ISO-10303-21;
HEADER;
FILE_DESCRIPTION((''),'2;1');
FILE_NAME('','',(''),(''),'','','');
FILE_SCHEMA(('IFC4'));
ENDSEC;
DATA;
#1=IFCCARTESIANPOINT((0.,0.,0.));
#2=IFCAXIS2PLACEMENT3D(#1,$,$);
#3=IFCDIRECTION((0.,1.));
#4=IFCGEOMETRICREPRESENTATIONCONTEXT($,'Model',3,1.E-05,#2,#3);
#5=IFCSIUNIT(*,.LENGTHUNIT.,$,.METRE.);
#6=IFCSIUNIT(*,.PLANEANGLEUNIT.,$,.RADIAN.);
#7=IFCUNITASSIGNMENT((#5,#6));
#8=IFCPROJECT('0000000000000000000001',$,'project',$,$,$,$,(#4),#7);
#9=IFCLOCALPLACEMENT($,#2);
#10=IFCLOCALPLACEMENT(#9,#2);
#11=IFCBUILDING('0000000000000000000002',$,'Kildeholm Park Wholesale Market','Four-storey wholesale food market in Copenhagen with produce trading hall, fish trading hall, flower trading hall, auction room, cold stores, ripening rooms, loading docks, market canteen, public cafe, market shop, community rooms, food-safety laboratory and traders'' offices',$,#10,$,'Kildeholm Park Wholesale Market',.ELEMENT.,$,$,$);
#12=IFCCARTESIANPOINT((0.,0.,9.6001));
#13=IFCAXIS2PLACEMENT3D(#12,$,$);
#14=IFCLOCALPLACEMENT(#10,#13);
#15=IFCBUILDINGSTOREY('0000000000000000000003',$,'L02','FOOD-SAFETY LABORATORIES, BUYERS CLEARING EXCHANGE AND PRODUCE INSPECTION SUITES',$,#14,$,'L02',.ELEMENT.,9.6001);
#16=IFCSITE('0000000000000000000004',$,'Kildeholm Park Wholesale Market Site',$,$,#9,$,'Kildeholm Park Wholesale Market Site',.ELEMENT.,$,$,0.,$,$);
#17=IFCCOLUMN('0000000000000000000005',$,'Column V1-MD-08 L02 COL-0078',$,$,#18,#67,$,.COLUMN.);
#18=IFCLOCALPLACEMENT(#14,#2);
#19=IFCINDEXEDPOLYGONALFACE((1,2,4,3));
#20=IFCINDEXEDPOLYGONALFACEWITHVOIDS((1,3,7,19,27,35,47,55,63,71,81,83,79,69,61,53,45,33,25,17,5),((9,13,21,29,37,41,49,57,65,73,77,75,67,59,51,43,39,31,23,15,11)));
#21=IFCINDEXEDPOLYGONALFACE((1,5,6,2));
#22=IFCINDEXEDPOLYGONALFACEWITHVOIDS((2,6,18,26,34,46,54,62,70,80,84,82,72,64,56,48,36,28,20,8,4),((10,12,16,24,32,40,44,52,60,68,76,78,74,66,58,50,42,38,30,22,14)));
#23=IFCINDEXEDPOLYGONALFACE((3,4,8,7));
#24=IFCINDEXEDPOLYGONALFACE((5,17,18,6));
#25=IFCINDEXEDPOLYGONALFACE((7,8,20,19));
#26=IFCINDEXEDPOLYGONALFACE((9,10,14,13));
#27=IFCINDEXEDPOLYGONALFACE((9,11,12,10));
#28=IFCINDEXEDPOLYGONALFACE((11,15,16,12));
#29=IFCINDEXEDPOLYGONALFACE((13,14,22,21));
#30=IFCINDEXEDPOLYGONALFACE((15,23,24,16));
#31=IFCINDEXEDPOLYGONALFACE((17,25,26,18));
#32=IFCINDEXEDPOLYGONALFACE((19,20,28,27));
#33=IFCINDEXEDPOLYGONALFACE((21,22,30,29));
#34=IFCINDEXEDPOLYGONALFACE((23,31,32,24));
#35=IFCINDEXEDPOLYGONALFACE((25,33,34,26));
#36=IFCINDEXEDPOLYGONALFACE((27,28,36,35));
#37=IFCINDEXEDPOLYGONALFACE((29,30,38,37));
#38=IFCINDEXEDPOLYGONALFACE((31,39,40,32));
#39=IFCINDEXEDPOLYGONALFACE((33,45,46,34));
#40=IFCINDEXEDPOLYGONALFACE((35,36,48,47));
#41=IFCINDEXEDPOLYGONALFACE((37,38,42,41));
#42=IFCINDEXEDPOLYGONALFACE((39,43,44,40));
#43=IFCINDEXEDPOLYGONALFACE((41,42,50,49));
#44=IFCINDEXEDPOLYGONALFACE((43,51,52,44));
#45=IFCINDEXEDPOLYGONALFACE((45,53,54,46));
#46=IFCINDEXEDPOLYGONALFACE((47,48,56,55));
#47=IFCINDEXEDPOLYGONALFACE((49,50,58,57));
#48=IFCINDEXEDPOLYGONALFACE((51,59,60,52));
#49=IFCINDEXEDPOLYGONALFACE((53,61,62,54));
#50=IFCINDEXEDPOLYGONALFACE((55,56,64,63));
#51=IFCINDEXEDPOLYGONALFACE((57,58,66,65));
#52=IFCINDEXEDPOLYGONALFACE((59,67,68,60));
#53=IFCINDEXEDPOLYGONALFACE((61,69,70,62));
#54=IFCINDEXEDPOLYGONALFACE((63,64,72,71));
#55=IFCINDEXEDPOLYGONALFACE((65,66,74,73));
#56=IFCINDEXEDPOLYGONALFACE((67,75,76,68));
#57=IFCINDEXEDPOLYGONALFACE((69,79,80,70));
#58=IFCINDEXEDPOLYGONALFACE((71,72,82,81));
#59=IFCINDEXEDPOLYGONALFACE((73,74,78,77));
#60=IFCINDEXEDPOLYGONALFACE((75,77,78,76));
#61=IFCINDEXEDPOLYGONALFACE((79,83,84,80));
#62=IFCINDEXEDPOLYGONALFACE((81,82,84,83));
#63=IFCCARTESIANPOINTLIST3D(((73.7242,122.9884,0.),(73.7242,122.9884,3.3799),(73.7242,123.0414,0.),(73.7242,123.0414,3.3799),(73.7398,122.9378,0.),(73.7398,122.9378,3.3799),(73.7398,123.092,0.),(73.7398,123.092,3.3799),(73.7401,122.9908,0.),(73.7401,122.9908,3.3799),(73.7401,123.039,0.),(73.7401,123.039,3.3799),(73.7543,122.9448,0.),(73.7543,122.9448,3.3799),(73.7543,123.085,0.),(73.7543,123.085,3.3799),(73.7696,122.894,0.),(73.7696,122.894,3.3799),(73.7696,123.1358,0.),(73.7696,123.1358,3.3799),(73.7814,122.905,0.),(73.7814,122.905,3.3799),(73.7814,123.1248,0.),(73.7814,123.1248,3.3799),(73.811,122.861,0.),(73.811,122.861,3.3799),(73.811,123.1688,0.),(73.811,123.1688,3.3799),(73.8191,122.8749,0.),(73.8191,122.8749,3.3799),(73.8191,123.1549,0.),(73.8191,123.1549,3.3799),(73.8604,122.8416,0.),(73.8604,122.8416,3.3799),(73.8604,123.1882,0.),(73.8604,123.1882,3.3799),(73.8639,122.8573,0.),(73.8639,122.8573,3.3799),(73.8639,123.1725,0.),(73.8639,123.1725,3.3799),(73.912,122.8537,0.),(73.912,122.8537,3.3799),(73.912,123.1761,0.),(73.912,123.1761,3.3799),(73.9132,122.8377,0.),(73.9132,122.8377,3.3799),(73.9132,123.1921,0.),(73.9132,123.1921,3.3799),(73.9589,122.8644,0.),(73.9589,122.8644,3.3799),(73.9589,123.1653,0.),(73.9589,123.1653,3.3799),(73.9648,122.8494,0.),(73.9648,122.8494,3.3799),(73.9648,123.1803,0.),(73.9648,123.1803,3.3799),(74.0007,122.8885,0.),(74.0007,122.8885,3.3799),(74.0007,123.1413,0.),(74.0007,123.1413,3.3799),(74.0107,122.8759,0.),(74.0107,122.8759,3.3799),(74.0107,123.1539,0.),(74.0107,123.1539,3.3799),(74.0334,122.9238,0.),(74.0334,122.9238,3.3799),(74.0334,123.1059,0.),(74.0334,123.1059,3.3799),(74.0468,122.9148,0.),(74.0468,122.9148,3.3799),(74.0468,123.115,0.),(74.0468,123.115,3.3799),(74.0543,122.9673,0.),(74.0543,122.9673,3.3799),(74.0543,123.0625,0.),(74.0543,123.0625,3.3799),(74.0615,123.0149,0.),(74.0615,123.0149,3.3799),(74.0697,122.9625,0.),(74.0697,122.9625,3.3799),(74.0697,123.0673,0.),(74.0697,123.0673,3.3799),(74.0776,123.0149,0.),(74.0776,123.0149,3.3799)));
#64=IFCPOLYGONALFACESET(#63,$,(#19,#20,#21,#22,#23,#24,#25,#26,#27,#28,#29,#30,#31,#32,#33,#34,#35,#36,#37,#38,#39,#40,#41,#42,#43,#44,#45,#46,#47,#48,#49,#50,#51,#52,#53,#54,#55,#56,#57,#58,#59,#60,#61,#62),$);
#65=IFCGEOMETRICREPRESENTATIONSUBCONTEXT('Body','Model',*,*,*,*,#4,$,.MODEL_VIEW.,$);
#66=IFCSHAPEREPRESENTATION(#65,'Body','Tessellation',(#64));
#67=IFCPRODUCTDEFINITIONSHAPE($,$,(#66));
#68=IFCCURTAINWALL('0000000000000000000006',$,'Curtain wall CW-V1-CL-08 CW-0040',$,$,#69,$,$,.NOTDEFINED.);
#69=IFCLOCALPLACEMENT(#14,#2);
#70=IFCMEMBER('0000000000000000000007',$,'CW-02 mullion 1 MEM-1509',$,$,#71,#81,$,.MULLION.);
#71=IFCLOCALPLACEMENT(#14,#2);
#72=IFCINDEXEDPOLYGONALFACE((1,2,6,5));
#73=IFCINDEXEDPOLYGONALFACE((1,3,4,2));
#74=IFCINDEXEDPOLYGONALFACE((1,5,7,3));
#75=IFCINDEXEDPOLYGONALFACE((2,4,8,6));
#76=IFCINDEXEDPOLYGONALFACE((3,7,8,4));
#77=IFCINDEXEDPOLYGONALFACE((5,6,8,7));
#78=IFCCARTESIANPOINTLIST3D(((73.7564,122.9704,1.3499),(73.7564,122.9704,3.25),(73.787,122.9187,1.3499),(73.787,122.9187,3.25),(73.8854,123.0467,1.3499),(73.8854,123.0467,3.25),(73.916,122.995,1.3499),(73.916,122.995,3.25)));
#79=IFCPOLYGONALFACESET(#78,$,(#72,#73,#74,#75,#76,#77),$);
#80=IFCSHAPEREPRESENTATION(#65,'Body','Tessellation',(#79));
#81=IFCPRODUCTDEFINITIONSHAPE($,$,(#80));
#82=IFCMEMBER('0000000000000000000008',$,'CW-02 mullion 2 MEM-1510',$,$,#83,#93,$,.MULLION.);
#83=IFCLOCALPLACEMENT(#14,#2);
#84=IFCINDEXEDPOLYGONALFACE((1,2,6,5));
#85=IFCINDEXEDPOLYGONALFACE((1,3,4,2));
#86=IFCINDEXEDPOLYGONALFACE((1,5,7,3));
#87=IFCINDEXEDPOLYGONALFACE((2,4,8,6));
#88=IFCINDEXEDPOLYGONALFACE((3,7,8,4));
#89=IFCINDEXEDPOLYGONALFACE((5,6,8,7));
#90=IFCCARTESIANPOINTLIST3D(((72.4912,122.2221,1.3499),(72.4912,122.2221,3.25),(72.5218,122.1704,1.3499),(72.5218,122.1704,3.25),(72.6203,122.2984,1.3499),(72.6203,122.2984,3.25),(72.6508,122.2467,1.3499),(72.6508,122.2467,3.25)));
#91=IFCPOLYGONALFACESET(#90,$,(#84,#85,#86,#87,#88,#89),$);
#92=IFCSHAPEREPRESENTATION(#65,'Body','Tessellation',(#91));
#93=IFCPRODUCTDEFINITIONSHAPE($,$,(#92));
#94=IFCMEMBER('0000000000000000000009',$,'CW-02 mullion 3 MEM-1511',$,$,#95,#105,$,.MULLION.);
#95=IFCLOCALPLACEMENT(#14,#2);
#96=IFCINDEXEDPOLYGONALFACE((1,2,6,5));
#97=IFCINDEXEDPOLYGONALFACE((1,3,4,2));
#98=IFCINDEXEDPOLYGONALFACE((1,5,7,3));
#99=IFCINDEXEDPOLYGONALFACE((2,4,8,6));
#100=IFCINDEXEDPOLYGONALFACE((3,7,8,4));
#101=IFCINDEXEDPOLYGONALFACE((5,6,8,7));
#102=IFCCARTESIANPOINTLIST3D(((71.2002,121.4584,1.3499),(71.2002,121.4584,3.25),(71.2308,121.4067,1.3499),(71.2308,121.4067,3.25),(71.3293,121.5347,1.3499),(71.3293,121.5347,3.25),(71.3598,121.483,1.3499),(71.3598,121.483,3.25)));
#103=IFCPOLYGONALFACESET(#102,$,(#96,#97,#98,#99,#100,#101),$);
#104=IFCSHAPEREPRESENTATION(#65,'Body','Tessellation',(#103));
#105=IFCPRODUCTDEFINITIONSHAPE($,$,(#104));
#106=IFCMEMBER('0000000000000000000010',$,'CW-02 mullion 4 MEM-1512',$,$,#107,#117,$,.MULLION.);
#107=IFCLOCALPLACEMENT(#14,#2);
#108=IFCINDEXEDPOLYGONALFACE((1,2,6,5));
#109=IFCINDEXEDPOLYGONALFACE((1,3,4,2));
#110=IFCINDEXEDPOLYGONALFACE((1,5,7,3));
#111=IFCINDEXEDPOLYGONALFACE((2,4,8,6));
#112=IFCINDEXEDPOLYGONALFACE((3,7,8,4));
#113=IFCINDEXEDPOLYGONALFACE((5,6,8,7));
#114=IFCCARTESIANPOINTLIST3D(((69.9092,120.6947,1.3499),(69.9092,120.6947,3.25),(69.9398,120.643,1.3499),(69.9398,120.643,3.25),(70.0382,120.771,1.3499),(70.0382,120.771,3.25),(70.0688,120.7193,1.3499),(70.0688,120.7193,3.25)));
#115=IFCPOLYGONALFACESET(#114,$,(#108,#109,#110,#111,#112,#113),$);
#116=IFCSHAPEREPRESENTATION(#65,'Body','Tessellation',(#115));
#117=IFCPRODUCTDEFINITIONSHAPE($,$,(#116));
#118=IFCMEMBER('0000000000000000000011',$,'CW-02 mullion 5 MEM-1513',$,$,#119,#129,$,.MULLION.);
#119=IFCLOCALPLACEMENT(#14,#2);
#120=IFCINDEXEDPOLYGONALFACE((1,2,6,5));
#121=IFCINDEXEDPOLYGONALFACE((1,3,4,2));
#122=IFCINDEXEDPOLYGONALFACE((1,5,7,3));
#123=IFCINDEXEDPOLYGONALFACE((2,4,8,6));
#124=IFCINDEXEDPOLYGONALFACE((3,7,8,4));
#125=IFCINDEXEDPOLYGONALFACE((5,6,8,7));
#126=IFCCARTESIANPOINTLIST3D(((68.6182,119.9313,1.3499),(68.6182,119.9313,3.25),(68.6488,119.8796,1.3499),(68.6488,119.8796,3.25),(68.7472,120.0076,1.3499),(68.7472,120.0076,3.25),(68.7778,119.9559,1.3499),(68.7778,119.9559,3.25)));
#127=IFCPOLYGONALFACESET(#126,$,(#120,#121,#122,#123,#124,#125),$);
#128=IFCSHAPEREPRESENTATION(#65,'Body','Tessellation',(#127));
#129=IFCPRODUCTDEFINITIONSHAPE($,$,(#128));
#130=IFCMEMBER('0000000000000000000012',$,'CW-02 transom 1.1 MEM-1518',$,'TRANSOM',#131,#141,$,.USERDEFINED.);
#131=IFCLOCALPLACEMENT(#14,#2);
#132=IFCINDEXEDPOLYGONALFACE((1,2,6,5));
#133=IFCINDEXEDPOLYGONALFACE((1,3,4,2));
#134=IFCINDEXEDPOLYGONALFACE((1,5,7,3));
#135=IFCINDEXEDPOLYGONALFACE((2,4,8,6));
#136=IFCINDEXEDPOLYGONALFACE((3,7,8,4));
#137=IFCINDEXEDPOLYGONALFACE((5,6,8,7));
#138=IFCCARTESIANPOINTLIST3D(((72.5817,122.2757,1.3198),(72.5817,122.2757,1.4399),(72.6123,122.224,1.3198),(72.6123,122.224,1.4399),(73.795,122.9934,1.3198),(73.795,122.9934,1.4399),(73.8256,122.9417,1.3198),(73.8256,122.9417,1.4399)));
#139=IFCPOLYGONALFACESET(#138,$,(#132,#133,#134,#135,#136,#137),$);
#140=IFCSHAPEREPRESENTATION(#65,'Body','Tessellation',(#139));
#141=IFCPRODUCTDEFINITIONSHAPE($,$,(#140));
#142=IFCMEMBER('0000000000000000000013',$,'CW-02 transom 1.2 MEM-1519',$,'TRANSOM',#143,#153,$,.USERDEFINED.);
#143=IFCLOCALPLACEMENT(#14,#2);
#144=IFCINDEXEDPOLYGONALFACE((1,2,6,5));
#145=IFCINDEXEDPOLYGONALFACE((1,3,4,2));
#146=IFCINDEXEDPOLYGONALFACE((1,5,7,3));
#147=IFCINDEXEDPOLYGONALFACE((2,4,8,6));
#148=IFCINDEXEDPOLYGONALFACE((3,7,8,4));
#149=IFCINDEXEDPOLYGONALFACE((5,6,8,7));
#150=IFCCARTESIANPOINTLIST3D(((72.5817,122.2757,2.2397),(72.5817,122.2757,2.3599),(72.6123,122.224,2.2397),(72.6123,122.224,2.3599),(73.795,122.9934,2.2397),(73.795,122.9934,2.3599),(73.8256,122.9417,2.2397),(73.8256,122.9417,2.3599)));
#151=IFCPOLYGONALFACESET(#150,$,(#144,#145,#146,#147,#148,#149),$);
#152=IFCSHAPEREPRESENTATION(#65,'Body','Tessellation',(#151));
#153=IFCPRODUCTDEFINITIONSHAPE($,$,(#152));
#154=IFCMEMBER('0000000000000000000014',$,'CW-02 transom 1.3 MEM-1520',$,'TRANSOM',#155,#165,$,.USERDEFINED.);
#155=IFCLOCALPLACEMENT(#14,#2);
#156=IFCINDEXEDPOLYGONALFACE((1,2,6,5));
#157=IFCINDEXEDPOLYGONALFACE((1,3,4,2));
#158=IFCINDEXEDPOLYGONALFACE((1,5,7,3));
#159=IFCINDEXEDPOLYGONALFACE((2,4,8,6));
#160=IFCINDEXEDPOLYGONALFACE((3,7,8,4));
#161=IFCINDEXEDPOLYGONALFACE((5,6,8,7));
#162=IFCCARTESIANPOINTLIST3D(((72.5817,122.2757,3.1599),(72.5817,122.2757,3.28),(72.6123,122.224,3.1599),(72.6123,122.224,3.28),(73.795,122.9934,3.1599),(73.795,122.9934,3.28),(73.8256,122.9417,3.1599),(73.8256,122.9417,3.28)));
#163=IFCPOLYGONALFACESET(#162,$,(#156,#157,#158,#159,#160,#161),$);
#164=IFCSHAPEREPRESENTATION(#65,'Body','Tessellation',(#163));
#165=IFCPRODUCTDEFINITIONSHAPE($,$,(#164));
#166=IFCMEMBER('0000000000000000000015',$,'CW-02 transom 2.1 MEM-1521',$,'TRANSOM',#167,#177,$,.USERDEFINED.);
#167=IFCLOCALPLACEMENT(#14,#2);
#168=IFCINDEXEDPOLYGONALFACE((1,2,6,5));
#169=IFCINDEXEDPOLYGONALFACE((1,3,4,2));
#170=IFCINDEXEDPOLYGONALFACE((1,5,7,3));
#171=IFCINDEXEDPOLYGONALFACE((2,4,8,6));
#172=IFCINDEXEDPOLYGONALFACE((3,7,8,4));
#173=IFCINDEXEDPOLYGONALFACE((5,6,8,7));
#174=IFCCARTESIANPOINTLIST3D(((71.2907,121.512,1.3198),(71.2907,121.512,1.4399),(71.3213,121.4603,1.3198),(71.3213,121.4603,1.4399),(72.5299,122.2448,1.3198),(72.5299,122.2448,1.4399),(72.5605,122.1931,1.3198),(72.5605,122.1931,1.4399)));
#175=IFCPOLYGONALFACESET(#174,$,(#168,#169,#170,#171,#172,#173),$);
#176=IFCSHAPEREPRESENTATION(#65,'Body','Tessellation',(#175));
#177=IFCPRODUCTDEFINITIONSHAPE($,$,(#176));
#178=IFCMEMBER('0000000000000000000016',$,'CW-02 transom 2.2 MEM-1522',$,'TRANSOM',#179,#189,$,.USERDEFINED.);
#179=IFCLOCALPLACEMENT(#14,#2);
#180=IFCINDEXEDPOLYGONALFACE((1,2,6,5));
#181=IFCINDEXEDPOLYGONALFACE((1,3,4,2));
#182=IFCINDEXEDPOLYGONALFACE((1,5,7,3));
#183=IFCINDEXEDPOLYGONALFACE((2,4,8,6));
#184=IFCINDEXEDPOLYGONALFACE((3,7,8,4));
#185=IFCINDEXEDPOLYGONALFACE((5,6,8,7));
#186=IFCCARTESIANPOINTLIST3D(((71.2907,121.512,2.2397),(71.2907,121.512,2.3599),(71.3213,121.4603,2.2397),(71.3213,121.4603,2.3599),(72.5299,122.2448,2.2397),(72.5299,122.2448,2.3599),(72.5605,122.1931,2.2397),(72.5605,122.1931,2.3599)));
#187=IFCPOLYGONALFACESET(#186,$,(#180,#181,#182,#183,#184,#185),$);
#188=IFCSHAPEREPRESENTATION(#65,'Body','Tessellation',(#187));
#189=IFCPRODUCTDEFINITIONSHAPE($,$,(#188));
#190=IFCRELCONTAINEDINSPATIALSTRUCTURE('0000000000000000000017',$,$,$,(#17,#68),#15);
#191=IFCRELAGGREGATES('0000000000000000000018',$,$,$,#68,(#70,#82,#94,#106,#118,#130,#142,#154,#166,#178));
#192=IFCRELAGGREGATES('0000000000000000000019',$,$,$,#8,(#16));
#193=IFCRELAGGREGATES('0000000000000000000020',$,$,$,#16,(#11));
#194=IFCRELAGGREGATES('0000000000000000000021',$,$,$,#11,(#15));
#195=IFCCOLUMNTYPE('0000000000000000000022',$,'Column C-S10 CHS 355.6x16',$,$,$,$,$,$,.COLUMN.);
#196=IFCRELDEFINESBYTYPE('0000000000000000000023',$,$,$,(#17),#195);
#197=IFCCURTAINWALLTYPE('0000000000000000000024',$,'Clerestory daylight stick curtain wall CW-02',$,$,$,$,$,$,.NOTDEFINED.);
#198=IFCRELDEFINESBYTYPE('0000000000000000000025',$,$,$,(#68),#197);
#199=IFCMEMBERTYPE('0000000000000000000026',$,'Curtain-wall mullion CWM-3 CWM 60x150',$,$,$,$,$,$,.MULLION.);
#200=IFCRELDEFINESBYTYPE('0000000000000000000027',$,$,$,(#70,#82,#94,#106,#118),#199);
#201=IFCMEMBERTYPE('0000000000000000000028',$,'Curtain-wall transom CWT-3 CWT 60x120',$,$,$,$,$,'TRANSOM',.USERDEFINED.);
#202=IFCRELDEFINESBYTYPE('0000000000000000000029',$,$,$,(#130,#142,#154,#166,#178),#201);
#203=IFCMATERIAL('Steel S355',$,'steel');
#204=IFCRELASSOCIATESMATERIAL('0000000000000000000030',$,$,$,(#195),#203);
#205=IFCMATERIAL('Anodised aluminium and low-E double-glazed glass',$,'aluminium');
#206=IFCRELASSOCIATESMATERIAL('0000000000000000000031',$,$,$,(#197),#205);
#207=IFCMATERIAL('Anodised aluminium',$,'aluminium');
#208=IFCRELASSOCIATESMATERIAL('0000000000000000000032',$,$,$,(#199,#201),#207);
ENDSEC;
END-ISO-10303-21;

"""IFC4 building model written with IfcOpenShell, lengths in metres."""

from ifc_helpers import new_model, si_unit, direction, frame, origin, origin_2d, place, context, subcontext, project, spatial, rectangle, hollow_circle, extrude, material, material_profile, profile_set, type_object, element, aggregate, save


model = new_model("IFC4")

# Units and contexts
model_context = context("Model", 3, precision=1e-05, world=origin(), true_north=direction((0.0, 1.0)))
body_context = subcontext(model_context, "Body", "Model", "MODEL_VIEW")
ifc_project = project(units=[si_unit("LENGTHUNIT", "METRE"), si_unit("PLANEANGLEUNIT", "RADIAN")], contexts=[model_context])

# Site, building, storey
site_placement = place(None, origin())
site = spatial("IfcSite", under=ifc_project, at=site_placement, Name="Kildeholm Park Wholesale Market Site", LongName="Kildeholm Park Wholesale Market Site", CompositionType="ELEMENT", RefElevation=0.0)
building_placement = place(site_placement, origin())
building = spatial("IfcBuilding", under=site, at=building_placement, Name="Kildeholm Park Wholesale Market", Description="Four-storey wholesale food market in Copenhagen with produce trading hall, fish trading hall, flower trading hall, auction room, cold stores, ripening rooms, loading docks, market canteen, public cafe, market shop, community rooms, food-safety laboratory and traders' offices", LongName="Kildeholm Park Wholesale Market", CompositionType="ELEMENT")
storey_placement = place(building_placement, frame((0.0, 0.0, 9.6001)))
storey = spatial("IfcBuildingStorey", under=building, at=storey_placement, Name="L02", Description="FOOD-SAFETY LABORATORIES, BUYERS CLEARING EXCHANGE AND PRODUCE INSPECTION SUITES", LongName="L02", CompositionType="ELEMENT", Elevation=9.6001)

# Column
ifc_material_1 = material(Name="Steel S355", Category="steel")
ifc_material_profile_1 = material_profile(ifc_material_1, hollow_circle(Radius=0.1777, WallThickness=0.0161, at=origin_2d()), Name="CHS 355.6x16")
ifc_profile_set_1 = profile_set([ifc_material_profile_1], Name="Steel S355")
column_type = type_object("IfcColumnType", Name="Column C-S10 CHS 355.6x16", PredefinedType="COLUMN", material=ifc_profile_set_1)
column_placement = place(storey_placement, frame((73.8999, 123.0149, 0.0), z_axis=(0.0, 0.0, 1.0), x_axis=(-0.5, 0.866025, 0.0)))
element("IfcColumn", 1, at=column_placement, inside=storey, type_object=column_type, Name="Column V1-MD-08 L02 COL-0078", PredefinedType="COLUMN", context=body_context, shape_type="SweptSolid", body=[
    extrude(hollow_circle(Radius=0.1777, WallThickness=0.0161, at=origin_2d()), origin(), (0.0, 0.0, 1.0), 3.3799),
])

# Curtain wall, members
ifc_material_2 = material(Name="Anodised aluminium and low-E double-glazed glass", Category="aluminium")
curtain_wall_type = type_object("IfcCurtainWallType", Name="Clerestory daylight stick curtain wall CW-02", PredefinedType="NOTDEFINED", material=ifc_material_2)
curtain_wall_placement = place(storey_placement, origin())
curtain_wall = element("IfcCurtainWall", 2, at=curtain_wall_placement, inside=storey, type_object=curtain_wall_type, Name="Curtain wall CW-V1-CL-08 CW-0040", PredefinedType="NOTDEFINED")
ifc_material_3 = material(Name="Anodised aluminium", Category="aluminium")
ifc_material_profile_2 = material_profile(ifc_material_3, rectangle(XDim=0.0601, YDim=0.1499, at=origin_2d()), Name="CWM 60x150")
ifc_profile_set_2 = profile_set([ifc_material_profile_2], Name="Anodised aluminium")
member_type_1 = type_object("IfcMemberType", Name="Curtain-wall mullion CWM-3 CWM 60x150", PredefinedType="MULLION", material=ifc_profile_set_2)
member_1_placement = place(storey_placement, frame((73.8362, 122.9827, 1.3499), z_axis=(0.0, 0.0, 1.0), x_axis=(0.509105, -0.860704, 0.0)))
member_1 = element("IfcMember", 3, at=member_1_placement, type_object=member_type_1, Name="CW-02 mullion 1 MEM-1509", PredefinedType="MULLION", context=body_context, shape_type="SweptSolid", body=[
    extrude(rectangle(XDim=0.0601, YDim=0.1499, at=origin_2d()), origin(), (0.0, 0.0, 1.0), 1.9001),
])
member_2_placement = place(storey_placement, frame((72.571, 122.2344, 1.3499), z_axis=(0.0, 0.0, 1.0), x_axis=(0.509105, -0.860704, 0.0)))
member_2 = element("IfcMember", 4, at=member_2_placement, type_object=member_type_1, Name="CW-02 mullion 2 MEM-1510", PredefinedType="MULLION", context=body_context, shape_type="SweptSolid", body=[
    extrude(rectangle(XDim=0.0601, YDim=0.1499, at=origin_2d()), origin(), (0.0, 0.0, 1.0), 1.9001),
])
member_3_placement = place(storey_placement, frame((71.28, 121.4707, 1.3499), z_axis=(0.0, 0.0, 1.0), x_axis=(0.509105, -0.860704, 0.0)))
member_3 = element("IfcMember", 5, at=member_3_placement, type_object=member_type_1, Name="CW-02 mullion 3 MEM-1511", PredefinedType="MULLION", context=body_context, shape_type="SweptSolid", body=[
    extrude(rectangle(XDim=0.0601, YDim=0.1499, at=origin_2d()), origin(), (0.0, 0.0, 1.0), 1.9001),
])
member_4_placement = place(storey_placement, frame((69.989, 120.707, 1.3499), z_axis=(0.0, 0.0, 1.0), x_axis=(0.509105, -0.860704, 0.0)))
member_4 = element("IfcMember", 6, at=member_4_placement, type_object=member_type_1, Name="CW-02 mullion 4 MEM-1512", PredefinedType="MULLION", context=body_context, shape_type="SweptSolid", body=[
    extrude(rectangle(XDim=0.0601, YDim=0.1499, at=origin_2d()), origin(), (0.0, 0.0, 1.0), 1.9001),
])
member_5_placement = place(storey_placement, frame((68.698, 119.9436, 1.3499), z_axis=(0.0, 0.0, 1.0), x_axis=(0.509105, -0.860704, 0.0)))
member_5 = element("IfcMember", 7, at=member_5_placement, type_object=member_type_1, Name="CW-02 mullion 5 MEM-1513", PredefinedType="MULLION", context=body_context, shape_type="SweptSolid", body=[
    extrude(rectangle(XDim=0.0601, YDim=0.1499, at=origin_2d()), origin(), (0.0, 0.0, 1.0), 1.9001),
])
ifc_material_profile_3 = material_profile(ifc_material_3, rectangle(XDim=0.0601, YDim=0.1201, at=origin_2d()), Name="CWT 60x120")
ifc_profile_set_3 = profile_set([ifc_material_profile_3], Name="Anodised aluminium")
member_type_2 = type_object("IfcMemberType", Name="Curtain-wall transom CWT-3 CWT 60x120", ElementType="TRANSOM", PredefinedType="USERDEFINED", material=ifc_profile_set_3)
member_6_placement = place(storey_placement, frame((73.8103, 122.9675, 1.3799), z_axis=(-0.860685, -0.509138, 0.0), x_axis=(0.509138, -0.860685, 0.0)))
member_6 = element("IfcMember", 8, at=member_6_placement, type_object=member_type_2, Name="CW-02 transom 1.1 MEM-1518", ObjectType="TRANSOM", PredefinedType="USERDEFINED", context=body_context, shape_type="SweptSolid", body=[
    extrude(rectangle(XDim=0.0601, YDim=0.1201, at=origin_2d()), origin(), (0.0, 0.0, 1.0), 1.4097),
])
member_7_placement = place(storey_placement, frame((73.8103, 122.9675, 2.2998), z_axis=(-0.860685, -0.509138, 0.0), x_axis=(0.509138, -0.860685, 0.0)))
member_7 = element("IfcMember", 9, at=member_7_placement, type_object=member_type_2, Name="CW-02 transom 1.2 MEM-1519", ObjectType="TRANSOM", PredefinedType="USERDEFINED", context=body_context, shape_type="SweptSolid", body=[
    extrude(rectangle(XDim=0.0601, YDim=0.1201, at=origin_2d()), origin(), (0.0, 0.0, 1.0), 1.4097),
])
member_8_placement = place(storey_placement, frame((73.8103, 122.9675, 3.22), z_axis=(-0.860685, -0.509138, 0.0), x_axis=(0.509138, -0.860685, 0.0)))
member_8 = element("IfcMember", 10, at=member_8_placement, type_object=member_type_2, Name="CW-02 transom 1.3 MEM-1520", ObjectType="TRANSOM", PredefinedType="USERDEFINED", context=body_context, shape_type="SweptSolid", body=[
    extrude(rectangle(XDim=0.0601, YDim=0.1201, at=origin_2d()), origin(), (0.0, 0.0, 1.0), 1.4097),
])
member_9_placement = place(storey_placement, frame((72.5452, 122.219, 1.3799), z_axis=(-0.860737, -0.509049, 0.0), x_axis=(0.509049, -0.860737, 0.0)))
member_9 = element("IfcMember", 11, at=member_9_placement, type_object=member_type_2, Name="CW-02 transom 2.1 MEM-1521", ObjectType="TRANSOM", PredefinedType="USERDEFINED", context=body_context, shape_type="SweptSolid", body=[
    extrude(rectangle(XDim=0.0601, YDim=0.1201, at=origin_2d()), origin(), (0.0, 0.0, 1.0), 1.4397),
])
member_10_placement = place(storey_placement, frame((72.5452, 122.219, 2.2998), z_axis=(-0.860737, -0.509049, 0.0), x_axis=(0.509049, -0.860737, 0.0)))
member_10 = element("IfcMember", 12, at=member_10_placement, type_object=member_type_2, Name="CW-02 transom 2.2 MEM-1522", ObjectType="TRANSOM", PredefinedType="USERDEFINED", context=body_context, shape_type="SweptSolid", body=[
    extrude(rectangle(XDim=0.0601, YDim=0.1201, at=origin_2d()), origin(), (0.0, 0.0, 1.0), 1.4397),
])
aggregate(curtain_wall, [member_1, member_2, member_3, member_4, member_5, member_6, member_7, member_8, member_9, member_10])

save(model, "model.ifc")
